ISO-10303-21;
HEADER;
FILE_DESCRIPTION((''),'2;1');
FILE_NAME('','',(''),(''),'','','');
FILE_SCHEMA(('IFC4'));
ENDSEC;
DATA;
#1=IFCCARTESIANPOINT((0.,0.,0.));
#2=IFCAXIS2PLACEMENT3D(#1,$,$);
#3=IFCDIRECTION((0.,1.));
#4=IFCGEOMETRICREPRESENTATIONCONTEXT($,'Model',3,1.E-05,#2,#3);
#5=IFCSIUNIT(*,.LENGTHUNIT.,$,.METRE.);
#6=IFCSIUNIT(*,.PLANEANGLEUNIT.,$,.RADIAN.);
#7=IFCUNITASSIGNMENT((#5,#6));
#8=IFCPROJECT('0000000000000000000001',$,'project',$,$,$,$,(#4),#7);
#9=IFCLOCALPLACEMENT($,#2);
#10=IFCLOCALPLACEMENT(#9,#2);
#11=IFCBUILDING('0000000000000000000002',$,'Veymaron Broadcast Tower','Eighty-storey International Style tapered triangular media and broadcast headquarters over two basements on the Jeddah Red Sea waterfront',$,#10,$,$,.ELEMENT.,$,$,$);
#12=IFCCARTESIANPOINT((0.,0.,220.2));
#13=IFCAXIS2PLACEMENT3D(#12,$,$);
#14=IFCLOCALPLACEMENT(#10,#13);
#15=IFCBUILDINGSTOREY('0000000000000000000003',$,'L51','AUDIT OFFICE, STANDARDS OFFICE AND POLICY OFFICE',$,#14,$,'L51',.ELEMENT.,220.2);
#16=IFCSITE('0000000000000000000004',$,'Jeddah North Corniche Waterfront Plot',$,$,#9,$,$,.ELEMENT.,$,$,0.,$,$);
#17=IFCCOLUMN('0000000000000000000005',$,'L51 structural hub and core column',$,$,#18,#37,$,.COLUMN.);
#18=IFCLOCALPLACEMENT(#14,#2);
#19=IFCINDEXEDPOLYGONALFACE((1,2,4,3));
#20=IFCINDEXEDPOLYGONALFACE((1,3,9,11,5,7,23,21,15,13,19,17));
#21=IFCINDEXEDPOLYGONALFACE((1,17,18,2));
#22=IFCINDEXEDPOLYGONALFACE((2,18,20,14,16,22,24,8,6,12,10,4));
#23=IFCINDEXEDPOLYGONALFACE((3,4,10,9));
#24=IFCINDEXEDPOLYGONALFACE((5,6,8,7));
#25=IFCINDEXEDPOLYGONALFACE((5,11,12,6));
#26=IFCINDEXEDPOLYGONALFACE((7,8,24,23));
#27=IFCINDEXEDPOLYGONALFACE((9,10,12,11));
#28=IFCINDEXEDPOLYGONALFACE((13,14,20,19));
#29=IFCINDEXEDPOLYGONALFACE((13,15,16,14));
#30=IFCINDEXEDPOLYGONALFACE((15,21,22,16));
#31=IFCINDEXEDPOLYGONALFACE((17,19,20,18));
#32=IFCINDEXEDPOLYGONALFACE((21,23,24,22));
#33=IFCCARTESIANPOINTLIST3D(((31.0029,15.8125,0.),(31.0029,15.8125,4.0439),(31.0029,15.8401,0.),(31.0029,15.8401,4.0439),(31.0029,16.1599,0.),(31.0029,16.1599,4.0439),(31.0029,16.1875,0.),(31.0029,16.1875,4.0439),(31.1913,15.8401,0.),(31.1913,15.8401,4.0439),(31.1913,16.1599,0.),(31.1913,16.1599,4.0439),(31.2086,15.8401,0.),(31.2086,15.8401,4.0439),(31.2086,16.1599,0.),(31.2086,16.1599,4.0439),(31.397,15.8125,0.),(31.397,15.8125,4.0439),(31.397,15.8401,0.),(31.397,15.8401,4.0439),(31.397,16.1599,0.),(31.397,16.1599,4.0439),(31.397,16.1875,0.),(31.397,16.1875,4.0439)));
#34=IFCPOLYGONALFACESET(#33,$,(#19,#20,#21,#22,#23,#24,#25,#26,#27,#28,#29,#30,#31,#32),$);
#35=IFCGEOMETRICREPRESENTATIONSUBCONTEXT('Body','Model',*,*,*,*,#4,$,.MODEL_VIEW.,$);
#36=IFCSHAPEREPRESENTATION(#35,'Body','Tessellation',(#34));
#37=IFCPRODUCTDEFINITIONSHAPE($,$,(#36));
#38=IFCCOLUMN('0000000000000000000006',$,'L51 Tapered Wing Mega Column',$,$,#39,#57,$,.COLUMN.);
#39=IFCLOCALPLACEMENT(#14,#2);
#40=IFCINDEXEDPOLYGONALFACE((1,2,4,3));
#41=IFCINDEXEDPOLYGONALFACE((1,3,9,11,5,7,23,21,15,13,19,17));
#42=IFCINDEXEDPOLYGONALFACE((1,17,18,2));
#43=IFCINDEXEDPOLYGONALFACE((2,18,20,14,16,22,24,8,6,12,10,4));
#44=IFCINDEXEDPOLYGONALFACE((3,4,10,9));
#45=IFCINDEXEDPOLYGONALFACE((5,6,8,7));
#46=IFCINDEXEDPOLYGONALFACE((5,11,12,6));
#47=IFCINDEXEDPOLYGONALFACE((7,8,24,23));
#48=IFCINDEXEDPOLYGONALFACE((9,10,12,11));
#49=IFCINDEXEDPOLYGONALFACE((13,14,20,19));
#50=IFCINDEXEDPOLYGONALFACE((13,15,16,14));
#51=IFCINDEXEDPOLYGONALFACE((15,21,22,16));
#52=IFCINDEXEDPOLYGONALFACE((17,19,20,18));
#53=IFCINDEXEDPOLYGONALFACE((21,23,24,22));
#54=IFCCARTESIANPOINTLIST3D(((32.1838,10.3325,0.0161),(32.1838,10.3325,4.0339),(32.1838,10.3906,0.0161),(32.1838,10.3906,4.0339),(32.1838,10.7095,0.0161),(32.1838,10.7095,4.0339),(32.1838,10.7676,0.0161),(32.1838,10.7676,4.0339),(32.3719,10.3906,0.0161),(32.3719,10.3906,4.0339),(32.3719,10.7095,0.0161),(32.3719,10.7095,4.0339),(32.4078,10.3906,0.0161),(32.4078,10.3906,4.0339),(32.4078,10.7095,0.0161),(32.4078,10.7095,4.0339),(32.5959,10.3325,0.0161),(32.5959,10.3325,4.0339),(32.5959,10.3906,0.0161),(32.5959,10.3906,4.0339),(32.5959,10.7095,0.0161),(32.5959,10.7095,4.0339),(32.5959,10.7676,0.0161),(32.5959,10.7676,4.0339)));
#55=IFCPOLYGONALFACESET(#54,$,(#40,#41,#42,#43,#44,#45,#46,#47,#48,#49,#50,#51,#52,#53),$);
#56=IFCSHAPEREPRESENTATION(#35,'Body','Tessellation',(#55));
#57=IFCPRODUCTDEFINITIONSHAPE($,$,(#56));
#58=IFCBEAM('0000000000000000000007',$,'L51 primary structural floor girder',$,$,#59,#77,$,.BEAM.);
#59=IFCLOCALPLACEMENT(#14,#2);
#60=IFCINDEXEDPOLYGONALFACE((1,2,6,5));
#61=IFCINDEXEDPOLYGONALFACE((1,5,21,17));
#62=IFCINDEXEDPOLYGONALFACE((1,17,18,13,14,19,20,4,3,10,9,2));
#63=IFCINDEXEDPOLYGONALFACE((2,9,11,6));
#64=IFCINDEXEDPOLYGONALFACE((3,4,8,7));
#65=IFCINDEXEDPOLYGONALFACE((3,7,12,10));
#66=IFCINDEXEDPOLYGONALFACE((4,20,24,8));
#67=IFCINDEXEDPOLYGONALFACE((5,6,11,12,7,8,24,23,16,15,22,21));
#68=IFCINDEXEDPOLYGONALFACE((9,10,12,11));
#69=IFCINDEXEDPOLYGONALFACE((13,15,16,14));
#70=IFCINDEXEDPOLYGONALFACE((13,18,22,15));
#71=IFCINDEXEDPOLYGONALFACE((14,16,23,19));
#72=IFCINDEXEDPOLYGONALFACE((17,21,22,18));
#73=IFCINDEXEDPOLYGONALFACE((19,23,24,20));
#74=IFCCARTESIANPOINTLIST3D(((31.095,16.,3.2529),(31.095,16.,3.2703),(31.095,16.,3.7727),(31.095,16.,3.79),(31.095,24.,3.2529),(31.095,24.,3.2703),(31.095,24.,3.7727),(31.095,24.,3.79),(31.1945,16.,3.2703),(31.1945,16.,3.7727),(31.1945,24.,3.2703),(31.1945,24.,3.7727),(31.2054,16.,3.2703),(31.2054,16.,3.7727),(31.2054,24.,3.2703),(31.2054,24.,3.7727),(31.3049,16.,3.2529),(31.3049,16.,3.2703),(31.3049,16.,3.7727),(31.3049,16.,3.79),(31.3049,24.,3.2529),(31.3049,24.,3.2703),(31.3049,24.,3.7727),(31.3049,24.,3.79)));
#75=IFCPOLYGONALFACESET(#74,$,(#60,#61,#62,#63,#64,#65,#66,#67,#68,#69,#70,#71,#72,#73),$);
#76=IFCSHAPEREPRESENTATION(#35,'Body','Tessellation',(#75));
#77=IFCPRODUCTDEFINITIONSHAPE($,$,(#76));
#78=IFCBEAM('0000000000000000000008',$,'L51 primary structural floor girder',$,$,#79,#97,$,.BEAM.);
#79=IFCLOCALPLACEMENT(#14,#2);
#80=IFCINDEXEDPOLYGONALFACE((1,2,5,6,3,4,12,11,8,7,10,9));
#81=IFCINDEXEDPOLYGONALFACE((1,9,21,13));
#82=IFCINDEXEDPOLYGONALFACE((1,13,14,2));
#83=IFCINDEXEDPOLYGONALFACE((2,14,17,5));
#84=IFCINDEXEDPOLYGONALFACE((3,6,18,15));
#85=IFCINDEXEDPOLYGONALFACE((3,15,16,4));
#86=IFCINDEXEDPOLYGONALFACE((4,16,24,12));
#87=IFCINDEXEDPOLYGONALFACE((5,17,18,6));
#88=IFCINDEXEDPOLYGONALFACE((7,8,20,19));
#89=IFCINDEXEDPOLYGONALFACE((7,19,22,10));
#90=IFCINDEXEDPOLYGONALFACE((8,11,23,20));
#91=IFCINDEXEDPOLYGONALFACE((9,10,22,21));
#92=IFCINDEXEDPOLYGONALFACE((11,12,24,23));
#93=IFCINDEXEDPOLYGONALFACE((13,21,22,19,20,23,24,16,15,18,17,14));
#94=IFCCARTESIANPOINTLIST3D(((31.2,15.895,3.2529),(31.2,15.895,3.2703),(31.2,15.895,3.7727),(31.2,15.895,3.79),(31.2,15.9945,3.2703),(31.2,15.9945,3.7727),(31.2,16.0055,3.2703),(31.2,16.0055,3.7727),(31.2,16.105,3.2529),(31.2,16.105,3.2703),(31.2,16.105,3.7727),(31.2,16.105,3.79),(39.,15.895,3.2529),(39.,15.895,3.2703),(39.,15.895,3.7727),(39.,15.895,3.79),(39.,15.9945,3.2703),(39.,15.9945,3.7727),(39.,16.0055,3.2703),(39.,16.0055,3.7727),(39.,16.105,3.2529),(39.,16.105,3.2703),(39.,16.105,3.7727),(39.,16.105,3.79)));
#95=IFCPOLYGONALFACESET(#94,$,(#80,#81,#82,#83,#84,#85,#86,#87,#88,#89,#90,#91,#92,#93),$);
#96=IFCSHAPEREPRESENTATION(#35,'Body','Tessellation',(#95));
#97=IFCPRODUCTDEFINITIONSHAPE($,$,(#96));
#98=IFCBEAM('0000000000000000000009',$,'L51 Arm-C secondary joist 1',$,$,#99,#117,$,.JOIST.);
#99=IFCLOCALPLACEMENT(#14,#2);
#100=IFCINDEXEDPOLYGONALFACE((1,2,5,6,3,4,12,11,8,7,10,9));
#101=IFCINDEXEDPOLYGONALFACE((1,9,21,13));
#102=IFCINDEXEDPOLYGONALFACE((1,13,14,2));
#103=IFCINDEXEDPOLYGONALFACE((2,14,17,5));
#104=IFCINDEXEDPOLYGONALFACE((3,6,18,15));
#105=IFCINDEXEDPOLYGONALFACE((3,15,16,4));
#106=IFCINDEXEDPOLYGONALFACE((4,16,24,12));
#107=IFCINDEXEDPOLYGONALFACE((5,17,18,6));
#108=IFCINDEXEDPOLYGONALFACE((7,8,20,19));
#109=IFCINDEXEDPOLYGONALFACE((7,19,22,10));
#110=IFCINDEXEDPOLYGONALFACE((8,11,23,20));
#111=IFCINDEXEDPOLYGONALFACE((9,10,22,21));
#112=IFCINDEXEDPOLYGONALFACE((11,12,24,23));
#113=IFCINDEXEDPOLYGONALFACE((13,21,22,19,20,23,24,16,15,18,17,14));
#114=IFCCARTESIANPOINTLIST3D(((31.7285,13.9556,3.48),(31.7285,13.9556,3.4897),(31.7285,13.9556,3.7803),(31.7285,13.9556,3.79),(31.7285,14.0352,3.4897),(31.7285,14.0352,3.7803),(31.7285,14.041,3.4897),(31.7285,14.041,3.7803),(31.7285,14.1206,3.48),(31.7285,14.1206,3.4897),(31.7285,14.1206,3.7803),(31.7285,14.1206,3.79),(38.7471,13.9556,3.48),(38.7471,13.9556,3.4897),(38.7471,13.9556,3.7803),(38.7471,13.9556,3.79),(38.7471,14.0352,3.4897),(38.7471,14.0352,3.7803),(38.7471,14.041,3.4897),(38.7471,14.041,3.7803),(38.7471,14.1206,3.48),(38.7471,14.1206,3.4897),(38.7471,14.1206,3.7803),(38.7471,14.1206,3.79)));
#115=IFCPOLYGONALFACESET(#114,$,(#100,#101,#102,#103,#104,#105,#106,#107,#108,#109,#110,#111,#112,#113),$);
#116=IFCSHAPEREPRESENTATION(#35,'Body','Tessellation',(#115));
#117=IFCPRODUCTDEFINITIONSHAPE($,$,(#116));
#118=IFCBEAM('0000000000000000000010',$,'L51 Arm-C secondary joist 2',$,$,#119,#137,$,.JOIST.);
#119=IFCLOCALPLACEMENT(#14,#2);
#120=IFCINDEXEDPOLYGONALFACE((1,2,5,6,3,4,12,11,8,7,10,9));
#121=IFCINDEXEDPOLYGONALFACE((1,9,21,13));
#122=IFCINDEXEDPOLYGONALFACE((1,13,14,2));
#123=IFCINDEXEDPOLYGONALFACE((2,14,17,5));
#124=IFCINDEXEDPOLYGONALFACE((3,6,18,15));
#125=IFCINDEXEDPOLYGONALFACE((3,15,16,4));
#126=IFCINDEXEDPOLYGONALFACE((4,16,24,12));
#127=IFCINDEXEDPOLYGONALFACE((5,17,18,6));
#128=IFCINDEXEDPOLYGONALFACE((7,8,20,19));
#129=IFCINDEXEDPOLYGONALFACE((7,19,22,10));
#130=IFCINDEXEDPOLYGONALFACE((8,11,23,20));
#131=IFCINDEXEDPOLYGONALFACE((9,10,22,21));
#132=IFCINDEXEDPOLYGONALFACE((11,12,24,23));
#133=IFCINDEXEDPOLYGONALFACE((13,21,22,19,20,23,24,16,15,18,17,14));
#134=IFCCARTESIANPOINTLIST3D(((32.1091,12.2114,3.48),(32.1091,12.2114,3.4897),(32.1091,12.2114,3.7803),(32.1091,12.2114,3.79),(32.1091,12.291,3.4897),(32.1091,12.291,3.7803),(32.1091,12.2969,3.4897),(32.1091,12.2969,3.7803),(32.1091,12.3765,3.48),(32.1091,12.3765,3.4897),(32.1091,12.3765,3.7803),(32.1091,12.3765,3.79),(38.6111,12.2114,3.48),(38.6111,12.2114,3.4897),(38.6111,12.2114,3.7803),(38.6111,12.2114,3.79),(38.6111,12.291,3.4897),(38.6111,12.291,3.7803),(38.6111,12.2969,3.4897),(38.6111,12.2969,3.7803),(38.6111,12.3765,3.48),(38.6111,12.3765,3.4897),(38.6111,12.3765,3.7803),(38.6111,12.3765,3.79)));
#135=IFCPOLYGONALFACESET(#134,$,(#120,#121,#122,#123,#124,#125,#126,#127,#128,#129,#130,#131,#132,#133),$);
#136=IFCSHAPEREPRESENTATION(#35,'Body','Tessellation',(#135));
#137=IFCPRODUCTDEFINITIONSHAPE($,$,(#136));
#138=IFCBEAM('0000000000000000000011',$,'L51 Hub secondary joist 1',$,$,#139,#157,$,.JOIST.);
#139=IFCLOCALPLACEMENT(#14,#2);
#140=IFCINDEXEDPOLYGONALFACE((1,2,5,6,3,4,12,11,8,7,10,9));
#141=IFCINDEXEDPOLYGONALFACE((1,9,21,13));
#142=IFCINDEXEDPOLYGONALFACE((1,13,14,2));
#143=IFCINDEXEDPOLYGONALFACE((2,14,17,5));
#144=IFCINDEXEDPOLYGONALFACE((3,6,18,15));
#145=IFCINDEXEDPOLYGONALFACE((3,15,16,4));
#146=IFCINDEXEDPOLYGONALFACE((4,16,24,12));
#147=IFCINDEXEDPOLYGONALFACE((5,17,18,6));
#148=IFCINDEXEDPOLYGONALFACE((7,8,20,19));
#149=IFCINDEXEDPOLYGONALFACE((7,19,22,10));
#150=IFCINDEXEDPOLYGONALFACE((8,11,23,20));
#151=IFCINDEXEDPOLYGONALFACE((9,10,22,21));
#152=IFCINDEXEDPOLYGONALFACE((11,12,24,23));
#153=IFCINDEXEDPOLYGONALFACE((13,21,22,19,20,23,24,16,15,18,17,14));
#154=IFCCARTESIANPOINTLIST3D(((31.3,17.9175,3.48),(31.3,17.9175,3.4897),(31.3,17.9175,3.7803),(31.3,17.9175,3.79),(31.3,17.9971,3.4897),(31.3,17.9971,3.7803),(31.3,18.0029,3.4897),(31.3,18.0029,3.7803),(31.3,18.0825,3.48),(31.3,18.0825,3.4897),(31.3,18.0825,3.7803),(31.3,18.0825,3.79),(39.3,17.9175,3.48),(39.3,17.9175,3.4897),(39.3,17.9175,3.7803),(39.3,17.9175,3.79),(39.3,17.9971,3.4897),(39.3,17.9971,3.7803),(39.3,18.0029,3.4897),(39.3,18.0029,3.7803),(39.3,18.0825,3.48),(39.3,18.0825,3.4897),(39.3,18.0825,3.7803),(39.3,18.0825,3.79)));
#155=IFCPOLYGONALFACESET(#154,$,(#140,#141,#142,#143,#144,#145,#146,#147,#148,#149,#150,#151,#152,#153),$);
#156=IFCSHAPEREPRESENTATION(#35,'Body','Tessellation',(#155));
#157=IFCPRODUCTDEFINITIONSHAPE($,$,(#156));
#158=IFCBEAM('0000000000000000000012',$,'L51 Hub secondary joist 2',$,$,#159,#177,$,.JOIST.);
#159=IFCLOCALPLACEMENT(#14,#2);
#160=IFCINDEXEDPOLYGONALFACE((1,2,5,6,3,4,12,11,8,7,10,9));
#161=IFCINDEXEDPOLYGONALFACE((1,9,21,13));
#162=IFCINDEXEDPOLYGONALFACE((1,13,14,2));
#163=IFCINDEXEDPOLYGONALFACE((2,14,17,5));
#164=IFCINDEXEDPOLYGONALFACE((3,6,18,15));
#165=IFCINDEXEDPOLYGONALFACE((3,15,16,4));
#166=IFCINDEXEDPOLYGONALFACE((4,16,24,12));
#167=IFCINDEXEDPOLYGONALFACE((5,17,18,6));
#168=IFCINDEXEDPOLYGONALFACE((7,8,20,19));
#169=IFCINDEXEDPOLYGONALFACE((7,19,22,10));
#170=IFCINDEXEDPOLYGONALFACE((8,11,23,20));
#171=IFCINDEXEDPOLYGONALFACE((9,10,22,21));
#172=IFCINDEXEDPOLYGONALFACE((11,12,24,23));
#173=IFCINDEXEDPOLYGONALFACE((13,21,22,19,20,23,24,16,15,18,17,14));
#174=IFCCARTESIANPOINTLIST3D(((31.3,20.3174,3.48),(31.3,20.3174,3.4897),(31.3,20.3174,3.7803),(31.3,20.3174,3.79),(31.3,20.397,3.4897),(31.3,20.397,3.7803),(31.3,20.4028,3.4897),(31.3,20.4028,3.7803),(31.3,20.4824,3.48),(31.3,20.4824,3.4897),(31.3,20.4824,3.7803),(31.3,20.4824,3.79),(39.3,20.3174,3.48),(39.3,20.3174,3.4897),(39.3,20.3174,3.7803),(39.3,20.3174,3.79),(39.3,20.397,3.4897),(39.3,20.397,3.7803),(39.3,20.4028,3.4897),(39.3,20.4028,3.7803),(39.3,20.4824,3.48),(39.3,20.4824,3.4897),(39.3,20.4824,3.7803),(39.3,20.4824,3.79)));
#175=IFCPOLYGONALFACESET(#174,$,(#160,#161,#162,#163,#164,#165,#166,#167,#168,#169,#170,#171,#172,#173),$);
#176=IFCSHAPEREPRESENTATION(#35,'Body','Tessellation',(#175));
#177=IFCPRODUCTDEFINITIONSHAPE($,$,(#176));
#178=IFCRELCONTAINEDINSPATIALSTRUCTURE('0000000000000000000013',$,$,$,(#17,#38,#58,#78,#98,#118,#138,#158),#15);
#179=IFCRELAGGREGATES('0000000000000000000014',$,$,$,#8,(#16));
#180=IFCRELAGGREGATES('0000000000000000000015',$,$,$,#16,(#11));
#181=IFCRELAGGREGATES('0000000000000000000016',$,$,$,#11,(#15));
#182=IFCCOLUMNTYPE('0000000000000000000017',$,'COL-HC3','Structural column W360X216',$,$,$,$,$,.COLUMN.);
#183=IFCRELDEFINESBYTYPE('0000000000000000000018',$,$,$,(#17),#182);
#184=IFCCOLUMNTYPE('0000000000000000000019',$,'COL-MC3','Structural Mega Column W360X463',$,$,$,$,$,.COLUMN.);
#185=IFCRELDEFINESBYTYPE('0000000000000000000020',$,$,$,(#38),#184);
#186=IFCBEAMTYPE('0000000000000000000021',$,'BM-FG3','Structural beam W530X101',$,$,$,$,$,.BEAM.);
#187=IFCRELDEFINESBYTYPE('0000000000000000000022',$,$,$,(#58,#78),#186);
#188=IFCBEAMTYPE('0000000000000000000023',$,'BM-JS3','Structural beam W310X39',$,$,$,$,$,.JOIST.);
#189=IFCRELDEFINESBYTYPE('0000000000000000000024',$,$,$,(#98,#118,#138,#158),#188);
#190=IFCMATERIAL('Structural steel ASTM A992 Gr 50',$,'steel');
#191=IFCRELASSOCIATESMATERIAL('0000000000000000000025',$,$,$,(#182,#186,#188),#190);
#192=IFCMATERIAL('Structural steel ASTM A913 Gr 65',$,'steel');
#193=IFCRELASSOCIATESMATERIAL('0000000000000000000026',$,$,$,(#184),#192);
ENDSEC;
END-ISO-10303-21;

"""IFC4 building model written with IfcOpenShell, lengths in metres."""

from ifc_helpers import new_model, si_unit, direction, frame, origin, origin_2d, place, context, subcontext, project, spatial, i_section, extrude, material, material_profile, profile_set, type_object, element, save


model = new_model("IFC4")

# Units and contexts
model_context = context("Model", 3, precision=1e-05, world=origin(), true_north=direction((0.0, 1.0)))
body_context = subcontext(model_context, "Body", "Model", "MODEL_VIEW")
ifc_project = project(units=[si_unit("LENGTHUNIT", "METRE"), si_unit("PLANEANGLEUNIT", "RADIAN")], contexts=[model_context])

# Site, building, storey
site_placement = place(None, origin())
site = spatial("IfcSite", under=ifc_project, at=site_placement, Name="Jeddah North Corniche Waterfront Plot", CompositionType="ELEMENT", RefElevation=0.0)
building_placement = place(site_placement, origin())
building = spatial("IfcBuilding", under=site, at=building_placement, Name="Veymaron Broadcast Tower", Description="Eighty-storey International Style tapered triangular media and broadcast headquarters over two basements on the Jeddah Red Sea waterfront", CompositionType="ELEMENT")
storey_placement = place(building_placement, frame((0.0, 0.0, 220.2)))
storey = spatial("IfcBuildingStorey", under=building, at=storey_placement, Name="L51", Description="AUDIT OFFICE, STANDARDS OFFICE AND POLICY OFFICE", LongName="L51", CompositionType="ELEMENT", Elevation=220.2)

# Columns
ifc_material_1 = material(Name="Structural steel ASTM A992 Gr 50", Category="steel")
ifc_material_profile_1 = material_profile(ifc_material_1, i_section(OverallWidth=0.394, OverallDepth=0.375, WebThickness=0.0173, FlangeThickness=0.0276, at=origin_2d()), Name="W360X216")
ifc_profile_set_1 = profile_set([ifc_material_profile_1], Name="Structural steel ASTM A992 Gr 50")
column_type_1 = type_object("IfcColumnType", Name="COL-HC3", Description="Structural column W360X216", PredefinedType="COLUMN", material=ifc_profile_set_1)
column_1_placement = place(storey_placement, frame((31.2, 16.0, 0.0), z_axis=(0.0, 0.0, 1.0), x_axis=(1.0, 0.0, 0.0)))
element("IfcColumn", 1, at=column_1_placement, inside=storey, type_object=column_type_1, Name="L51 structural hub and core column", PredefinedType="COLUMN", context=body_context, shape_type="SweptSolid", body=[
    extrude(i_section(OverallWidth=0.394, OverallDepth=0.375, WebThickness=0.0173, FlangeThickness=0.0276, at=origin_2d()), origin(), (0.0, 0.0, 1.0), 4.0439),
])
ifc_material_2 = material(Name="Structural steel ASTM A913 Gr 65", Category="steel")
ifc_material_profile_2 = material_profile(ifc_material_2, i_section(OverallWidth=0.4121, OverallDepth=0.4351, WebThickness=0.0359, FlangeThickness=0.0581, at=origin_2d()), Name="W360X463")
ifc_profile_set_2 = profile_set([ifc_material_profile_2], Name="Structural steel ASTM A913 Gr 65")
column_type_2 = type_object("IfcColumnType", Name="COL-MC3", Description="Structural Mega Column W360X463", PredefinedType="COLUMN", material=ifc_profile_set_2)
column_2_placement = place(storey_placement, frame((32.3899, 10.55, 0.0161), z_axis=(0.0, 0.0, 1.0), x_axis=(1.0, 0.0, 0.0)))
element("IfcColumn", 2, at=column_2_placement, inside=storey, type_object=column_type_2, Name="L51 Tapered Wing Mega Column", PredefinedType="COLUMN", context=body_context, shape_type="SweptSolid", body=[
    extrude(i_section(OverallWidth=0.4121, OverallDepth=0.4351, WebThickness=0.0359, FlangeThickness=0.0581, at=origin_2d()), origin(), (0.0, 0.0, 1.0), 4.0178),
])

# Beams
ifc_material_profile_3 = material_profile(ifc_material_1, i_section(OverallWidth=0.21, OverallDepth=0.5371, WebThickness=0.011, FlangeThickness=0.0173, at=origin_2d()), Name="W530X101")
ifc_profile_set_3 = profile_set([ifc_material_profile_3], Name="Structural steel ASTM A992 Gr 50")
beam_type_1 = type_object("IfcBeamType", Name="BM-FG3", Description="Structural beam W530X101", PredefinedType="BEAM", material=ifc_profile_set_3)
beam_1_placement = place(storey_placement, frame((31.2, 16.0, 3.5215), z_axis=(0.0, 1.0, 0.0), x_axis=(-1.0, 0.0, 0.0)))
element("IfcBeam", 3, at=beam_1_placement, inside=storey, type_object=beam_type_1, Name="L51 primary structural floor girder", PredefinedType="BEAM", context=body_context, shape_type="SweptSolid", body=[
    extrude(i_section(OverallWidth=0.21, OverallDepth=0.5371, WebThickness=0.011, FlangeThickness=0.0173, at=origin_2d()), origin(), (0.0, 0.0, 1.0), 8.0),
])
beam_2_placement = place(storey_placement, frame((31.2, 16.0, 3.5215), z_axis=(1.0, 0.0, 0.0), x_axis=(0.0, 1.0, 0.0)))
element("IfcBeam", 4, at=beam_2_placement, inside=storey, type_object=beam_type_1, Name="L51 primary structural floor girder", PredefinedType="BEAM", context=body_context, shape_type="SweptSolid", body=[
    extrude(i_section(OverallWidth=0.21, OverallDepth=0.5371, WebThickness=0.011, FlangeThickness=0.0173, at=origin_2d()), origin(), (0.0, 0.0, 1.0), 7.8),
])
ifc_material_profile_4 = material_profile(ifc_material_1, i_section(OverallWidth=0.165, OverallDepth=0.3101, WebThickness=0.0059, FlangeThickness=0.0098, at=origin_2d()), Name="W310X39")
ifc_profile_set_4 = profile_set([ifc_material_profile_4], Name="Structural steel ASTM A992 Gr 50")
beam_type_2 = type_object("IfcBeamType", Name="BM-JS3", Description="Structural beam W310X39", PredefinedType="JOIST", material=ifc_profile_set_4)
beam_3_placement = place(storey_placement, frame((31.7285, 14.0381, 3.635), z_axis=(1.0, 0.0, 0.0), x_axis=(0.0, 1.0, 0.0)))
element("IfcBeam", 5, at=beam_3_placement, inside=storey, type_object=beam_type_2, Name="L51 Arm-C secondary joist 1", PredefinedType="JOIST", context=body_context, shape_type="SweptSolid", body=[
    extrude(i_section(OverallWidth=0.165, OverallDepth=0.3101, WebThickness=0.0059, FlangeThickness=0.0098, at=origin_2d()), origin(), (0.0, 0.0, 1.0), 7.0186),
])
beam_4_placement = place(storey_placement, frame((32.1091, 12.2939, 3.635), z_axis=(1.0, 0.0, 0.0), x_axis=(0.0, 1.0, 0.0)))
element("IfcBeam", 6, at=beam_4_placement, inside=storey, type_object=beam_type_2, Name="L51 Arm-C secondary joist 2", PredefinedType="JOIST", context=body_context, shape_type="SweptSolid", body=[
    extrude(i_section(OverallWidth=0.165, OverallDepth=0.3101, WebThickness=0.0059, FlangeThickness=0.0098, at=origin_2d()), origin(), (0.0, 0.0, 1.0), 6.502),
])
for number, where, z_axis, x_axis, name in (
    (7, (31.3, 18.0, 3.635), (1.0, 0.0, 0.0), (0.0, 1.0, 0.0), "L51 Hub secondary joist 1"),
    (8, (31.3, 20.3999, 3.635), (1.0, 0.0, 0.0), (0.0, 1.0, 0.0), "L51 Hub secondary joist 2"),
):
    element("IfcBeam", number, at=place(storey_placement, frame(where, z_axis=z_axis, x_axis=x_axis)), inside=storey, type_object=beam_type_2, Name=name, PredefinedType="JOIST", context=body_context, shape_type="SweptSolid", body=[
        extrude(i_section(OverallWidth=0.165, OverallDepth=0.3101, WebThickness=0.0059, FlangeThickness=0.0098, at=origin_2d()), origin(), (0.0, 0.0, 1.0), 8.0),
    ])

save(model, "model.ifc")
